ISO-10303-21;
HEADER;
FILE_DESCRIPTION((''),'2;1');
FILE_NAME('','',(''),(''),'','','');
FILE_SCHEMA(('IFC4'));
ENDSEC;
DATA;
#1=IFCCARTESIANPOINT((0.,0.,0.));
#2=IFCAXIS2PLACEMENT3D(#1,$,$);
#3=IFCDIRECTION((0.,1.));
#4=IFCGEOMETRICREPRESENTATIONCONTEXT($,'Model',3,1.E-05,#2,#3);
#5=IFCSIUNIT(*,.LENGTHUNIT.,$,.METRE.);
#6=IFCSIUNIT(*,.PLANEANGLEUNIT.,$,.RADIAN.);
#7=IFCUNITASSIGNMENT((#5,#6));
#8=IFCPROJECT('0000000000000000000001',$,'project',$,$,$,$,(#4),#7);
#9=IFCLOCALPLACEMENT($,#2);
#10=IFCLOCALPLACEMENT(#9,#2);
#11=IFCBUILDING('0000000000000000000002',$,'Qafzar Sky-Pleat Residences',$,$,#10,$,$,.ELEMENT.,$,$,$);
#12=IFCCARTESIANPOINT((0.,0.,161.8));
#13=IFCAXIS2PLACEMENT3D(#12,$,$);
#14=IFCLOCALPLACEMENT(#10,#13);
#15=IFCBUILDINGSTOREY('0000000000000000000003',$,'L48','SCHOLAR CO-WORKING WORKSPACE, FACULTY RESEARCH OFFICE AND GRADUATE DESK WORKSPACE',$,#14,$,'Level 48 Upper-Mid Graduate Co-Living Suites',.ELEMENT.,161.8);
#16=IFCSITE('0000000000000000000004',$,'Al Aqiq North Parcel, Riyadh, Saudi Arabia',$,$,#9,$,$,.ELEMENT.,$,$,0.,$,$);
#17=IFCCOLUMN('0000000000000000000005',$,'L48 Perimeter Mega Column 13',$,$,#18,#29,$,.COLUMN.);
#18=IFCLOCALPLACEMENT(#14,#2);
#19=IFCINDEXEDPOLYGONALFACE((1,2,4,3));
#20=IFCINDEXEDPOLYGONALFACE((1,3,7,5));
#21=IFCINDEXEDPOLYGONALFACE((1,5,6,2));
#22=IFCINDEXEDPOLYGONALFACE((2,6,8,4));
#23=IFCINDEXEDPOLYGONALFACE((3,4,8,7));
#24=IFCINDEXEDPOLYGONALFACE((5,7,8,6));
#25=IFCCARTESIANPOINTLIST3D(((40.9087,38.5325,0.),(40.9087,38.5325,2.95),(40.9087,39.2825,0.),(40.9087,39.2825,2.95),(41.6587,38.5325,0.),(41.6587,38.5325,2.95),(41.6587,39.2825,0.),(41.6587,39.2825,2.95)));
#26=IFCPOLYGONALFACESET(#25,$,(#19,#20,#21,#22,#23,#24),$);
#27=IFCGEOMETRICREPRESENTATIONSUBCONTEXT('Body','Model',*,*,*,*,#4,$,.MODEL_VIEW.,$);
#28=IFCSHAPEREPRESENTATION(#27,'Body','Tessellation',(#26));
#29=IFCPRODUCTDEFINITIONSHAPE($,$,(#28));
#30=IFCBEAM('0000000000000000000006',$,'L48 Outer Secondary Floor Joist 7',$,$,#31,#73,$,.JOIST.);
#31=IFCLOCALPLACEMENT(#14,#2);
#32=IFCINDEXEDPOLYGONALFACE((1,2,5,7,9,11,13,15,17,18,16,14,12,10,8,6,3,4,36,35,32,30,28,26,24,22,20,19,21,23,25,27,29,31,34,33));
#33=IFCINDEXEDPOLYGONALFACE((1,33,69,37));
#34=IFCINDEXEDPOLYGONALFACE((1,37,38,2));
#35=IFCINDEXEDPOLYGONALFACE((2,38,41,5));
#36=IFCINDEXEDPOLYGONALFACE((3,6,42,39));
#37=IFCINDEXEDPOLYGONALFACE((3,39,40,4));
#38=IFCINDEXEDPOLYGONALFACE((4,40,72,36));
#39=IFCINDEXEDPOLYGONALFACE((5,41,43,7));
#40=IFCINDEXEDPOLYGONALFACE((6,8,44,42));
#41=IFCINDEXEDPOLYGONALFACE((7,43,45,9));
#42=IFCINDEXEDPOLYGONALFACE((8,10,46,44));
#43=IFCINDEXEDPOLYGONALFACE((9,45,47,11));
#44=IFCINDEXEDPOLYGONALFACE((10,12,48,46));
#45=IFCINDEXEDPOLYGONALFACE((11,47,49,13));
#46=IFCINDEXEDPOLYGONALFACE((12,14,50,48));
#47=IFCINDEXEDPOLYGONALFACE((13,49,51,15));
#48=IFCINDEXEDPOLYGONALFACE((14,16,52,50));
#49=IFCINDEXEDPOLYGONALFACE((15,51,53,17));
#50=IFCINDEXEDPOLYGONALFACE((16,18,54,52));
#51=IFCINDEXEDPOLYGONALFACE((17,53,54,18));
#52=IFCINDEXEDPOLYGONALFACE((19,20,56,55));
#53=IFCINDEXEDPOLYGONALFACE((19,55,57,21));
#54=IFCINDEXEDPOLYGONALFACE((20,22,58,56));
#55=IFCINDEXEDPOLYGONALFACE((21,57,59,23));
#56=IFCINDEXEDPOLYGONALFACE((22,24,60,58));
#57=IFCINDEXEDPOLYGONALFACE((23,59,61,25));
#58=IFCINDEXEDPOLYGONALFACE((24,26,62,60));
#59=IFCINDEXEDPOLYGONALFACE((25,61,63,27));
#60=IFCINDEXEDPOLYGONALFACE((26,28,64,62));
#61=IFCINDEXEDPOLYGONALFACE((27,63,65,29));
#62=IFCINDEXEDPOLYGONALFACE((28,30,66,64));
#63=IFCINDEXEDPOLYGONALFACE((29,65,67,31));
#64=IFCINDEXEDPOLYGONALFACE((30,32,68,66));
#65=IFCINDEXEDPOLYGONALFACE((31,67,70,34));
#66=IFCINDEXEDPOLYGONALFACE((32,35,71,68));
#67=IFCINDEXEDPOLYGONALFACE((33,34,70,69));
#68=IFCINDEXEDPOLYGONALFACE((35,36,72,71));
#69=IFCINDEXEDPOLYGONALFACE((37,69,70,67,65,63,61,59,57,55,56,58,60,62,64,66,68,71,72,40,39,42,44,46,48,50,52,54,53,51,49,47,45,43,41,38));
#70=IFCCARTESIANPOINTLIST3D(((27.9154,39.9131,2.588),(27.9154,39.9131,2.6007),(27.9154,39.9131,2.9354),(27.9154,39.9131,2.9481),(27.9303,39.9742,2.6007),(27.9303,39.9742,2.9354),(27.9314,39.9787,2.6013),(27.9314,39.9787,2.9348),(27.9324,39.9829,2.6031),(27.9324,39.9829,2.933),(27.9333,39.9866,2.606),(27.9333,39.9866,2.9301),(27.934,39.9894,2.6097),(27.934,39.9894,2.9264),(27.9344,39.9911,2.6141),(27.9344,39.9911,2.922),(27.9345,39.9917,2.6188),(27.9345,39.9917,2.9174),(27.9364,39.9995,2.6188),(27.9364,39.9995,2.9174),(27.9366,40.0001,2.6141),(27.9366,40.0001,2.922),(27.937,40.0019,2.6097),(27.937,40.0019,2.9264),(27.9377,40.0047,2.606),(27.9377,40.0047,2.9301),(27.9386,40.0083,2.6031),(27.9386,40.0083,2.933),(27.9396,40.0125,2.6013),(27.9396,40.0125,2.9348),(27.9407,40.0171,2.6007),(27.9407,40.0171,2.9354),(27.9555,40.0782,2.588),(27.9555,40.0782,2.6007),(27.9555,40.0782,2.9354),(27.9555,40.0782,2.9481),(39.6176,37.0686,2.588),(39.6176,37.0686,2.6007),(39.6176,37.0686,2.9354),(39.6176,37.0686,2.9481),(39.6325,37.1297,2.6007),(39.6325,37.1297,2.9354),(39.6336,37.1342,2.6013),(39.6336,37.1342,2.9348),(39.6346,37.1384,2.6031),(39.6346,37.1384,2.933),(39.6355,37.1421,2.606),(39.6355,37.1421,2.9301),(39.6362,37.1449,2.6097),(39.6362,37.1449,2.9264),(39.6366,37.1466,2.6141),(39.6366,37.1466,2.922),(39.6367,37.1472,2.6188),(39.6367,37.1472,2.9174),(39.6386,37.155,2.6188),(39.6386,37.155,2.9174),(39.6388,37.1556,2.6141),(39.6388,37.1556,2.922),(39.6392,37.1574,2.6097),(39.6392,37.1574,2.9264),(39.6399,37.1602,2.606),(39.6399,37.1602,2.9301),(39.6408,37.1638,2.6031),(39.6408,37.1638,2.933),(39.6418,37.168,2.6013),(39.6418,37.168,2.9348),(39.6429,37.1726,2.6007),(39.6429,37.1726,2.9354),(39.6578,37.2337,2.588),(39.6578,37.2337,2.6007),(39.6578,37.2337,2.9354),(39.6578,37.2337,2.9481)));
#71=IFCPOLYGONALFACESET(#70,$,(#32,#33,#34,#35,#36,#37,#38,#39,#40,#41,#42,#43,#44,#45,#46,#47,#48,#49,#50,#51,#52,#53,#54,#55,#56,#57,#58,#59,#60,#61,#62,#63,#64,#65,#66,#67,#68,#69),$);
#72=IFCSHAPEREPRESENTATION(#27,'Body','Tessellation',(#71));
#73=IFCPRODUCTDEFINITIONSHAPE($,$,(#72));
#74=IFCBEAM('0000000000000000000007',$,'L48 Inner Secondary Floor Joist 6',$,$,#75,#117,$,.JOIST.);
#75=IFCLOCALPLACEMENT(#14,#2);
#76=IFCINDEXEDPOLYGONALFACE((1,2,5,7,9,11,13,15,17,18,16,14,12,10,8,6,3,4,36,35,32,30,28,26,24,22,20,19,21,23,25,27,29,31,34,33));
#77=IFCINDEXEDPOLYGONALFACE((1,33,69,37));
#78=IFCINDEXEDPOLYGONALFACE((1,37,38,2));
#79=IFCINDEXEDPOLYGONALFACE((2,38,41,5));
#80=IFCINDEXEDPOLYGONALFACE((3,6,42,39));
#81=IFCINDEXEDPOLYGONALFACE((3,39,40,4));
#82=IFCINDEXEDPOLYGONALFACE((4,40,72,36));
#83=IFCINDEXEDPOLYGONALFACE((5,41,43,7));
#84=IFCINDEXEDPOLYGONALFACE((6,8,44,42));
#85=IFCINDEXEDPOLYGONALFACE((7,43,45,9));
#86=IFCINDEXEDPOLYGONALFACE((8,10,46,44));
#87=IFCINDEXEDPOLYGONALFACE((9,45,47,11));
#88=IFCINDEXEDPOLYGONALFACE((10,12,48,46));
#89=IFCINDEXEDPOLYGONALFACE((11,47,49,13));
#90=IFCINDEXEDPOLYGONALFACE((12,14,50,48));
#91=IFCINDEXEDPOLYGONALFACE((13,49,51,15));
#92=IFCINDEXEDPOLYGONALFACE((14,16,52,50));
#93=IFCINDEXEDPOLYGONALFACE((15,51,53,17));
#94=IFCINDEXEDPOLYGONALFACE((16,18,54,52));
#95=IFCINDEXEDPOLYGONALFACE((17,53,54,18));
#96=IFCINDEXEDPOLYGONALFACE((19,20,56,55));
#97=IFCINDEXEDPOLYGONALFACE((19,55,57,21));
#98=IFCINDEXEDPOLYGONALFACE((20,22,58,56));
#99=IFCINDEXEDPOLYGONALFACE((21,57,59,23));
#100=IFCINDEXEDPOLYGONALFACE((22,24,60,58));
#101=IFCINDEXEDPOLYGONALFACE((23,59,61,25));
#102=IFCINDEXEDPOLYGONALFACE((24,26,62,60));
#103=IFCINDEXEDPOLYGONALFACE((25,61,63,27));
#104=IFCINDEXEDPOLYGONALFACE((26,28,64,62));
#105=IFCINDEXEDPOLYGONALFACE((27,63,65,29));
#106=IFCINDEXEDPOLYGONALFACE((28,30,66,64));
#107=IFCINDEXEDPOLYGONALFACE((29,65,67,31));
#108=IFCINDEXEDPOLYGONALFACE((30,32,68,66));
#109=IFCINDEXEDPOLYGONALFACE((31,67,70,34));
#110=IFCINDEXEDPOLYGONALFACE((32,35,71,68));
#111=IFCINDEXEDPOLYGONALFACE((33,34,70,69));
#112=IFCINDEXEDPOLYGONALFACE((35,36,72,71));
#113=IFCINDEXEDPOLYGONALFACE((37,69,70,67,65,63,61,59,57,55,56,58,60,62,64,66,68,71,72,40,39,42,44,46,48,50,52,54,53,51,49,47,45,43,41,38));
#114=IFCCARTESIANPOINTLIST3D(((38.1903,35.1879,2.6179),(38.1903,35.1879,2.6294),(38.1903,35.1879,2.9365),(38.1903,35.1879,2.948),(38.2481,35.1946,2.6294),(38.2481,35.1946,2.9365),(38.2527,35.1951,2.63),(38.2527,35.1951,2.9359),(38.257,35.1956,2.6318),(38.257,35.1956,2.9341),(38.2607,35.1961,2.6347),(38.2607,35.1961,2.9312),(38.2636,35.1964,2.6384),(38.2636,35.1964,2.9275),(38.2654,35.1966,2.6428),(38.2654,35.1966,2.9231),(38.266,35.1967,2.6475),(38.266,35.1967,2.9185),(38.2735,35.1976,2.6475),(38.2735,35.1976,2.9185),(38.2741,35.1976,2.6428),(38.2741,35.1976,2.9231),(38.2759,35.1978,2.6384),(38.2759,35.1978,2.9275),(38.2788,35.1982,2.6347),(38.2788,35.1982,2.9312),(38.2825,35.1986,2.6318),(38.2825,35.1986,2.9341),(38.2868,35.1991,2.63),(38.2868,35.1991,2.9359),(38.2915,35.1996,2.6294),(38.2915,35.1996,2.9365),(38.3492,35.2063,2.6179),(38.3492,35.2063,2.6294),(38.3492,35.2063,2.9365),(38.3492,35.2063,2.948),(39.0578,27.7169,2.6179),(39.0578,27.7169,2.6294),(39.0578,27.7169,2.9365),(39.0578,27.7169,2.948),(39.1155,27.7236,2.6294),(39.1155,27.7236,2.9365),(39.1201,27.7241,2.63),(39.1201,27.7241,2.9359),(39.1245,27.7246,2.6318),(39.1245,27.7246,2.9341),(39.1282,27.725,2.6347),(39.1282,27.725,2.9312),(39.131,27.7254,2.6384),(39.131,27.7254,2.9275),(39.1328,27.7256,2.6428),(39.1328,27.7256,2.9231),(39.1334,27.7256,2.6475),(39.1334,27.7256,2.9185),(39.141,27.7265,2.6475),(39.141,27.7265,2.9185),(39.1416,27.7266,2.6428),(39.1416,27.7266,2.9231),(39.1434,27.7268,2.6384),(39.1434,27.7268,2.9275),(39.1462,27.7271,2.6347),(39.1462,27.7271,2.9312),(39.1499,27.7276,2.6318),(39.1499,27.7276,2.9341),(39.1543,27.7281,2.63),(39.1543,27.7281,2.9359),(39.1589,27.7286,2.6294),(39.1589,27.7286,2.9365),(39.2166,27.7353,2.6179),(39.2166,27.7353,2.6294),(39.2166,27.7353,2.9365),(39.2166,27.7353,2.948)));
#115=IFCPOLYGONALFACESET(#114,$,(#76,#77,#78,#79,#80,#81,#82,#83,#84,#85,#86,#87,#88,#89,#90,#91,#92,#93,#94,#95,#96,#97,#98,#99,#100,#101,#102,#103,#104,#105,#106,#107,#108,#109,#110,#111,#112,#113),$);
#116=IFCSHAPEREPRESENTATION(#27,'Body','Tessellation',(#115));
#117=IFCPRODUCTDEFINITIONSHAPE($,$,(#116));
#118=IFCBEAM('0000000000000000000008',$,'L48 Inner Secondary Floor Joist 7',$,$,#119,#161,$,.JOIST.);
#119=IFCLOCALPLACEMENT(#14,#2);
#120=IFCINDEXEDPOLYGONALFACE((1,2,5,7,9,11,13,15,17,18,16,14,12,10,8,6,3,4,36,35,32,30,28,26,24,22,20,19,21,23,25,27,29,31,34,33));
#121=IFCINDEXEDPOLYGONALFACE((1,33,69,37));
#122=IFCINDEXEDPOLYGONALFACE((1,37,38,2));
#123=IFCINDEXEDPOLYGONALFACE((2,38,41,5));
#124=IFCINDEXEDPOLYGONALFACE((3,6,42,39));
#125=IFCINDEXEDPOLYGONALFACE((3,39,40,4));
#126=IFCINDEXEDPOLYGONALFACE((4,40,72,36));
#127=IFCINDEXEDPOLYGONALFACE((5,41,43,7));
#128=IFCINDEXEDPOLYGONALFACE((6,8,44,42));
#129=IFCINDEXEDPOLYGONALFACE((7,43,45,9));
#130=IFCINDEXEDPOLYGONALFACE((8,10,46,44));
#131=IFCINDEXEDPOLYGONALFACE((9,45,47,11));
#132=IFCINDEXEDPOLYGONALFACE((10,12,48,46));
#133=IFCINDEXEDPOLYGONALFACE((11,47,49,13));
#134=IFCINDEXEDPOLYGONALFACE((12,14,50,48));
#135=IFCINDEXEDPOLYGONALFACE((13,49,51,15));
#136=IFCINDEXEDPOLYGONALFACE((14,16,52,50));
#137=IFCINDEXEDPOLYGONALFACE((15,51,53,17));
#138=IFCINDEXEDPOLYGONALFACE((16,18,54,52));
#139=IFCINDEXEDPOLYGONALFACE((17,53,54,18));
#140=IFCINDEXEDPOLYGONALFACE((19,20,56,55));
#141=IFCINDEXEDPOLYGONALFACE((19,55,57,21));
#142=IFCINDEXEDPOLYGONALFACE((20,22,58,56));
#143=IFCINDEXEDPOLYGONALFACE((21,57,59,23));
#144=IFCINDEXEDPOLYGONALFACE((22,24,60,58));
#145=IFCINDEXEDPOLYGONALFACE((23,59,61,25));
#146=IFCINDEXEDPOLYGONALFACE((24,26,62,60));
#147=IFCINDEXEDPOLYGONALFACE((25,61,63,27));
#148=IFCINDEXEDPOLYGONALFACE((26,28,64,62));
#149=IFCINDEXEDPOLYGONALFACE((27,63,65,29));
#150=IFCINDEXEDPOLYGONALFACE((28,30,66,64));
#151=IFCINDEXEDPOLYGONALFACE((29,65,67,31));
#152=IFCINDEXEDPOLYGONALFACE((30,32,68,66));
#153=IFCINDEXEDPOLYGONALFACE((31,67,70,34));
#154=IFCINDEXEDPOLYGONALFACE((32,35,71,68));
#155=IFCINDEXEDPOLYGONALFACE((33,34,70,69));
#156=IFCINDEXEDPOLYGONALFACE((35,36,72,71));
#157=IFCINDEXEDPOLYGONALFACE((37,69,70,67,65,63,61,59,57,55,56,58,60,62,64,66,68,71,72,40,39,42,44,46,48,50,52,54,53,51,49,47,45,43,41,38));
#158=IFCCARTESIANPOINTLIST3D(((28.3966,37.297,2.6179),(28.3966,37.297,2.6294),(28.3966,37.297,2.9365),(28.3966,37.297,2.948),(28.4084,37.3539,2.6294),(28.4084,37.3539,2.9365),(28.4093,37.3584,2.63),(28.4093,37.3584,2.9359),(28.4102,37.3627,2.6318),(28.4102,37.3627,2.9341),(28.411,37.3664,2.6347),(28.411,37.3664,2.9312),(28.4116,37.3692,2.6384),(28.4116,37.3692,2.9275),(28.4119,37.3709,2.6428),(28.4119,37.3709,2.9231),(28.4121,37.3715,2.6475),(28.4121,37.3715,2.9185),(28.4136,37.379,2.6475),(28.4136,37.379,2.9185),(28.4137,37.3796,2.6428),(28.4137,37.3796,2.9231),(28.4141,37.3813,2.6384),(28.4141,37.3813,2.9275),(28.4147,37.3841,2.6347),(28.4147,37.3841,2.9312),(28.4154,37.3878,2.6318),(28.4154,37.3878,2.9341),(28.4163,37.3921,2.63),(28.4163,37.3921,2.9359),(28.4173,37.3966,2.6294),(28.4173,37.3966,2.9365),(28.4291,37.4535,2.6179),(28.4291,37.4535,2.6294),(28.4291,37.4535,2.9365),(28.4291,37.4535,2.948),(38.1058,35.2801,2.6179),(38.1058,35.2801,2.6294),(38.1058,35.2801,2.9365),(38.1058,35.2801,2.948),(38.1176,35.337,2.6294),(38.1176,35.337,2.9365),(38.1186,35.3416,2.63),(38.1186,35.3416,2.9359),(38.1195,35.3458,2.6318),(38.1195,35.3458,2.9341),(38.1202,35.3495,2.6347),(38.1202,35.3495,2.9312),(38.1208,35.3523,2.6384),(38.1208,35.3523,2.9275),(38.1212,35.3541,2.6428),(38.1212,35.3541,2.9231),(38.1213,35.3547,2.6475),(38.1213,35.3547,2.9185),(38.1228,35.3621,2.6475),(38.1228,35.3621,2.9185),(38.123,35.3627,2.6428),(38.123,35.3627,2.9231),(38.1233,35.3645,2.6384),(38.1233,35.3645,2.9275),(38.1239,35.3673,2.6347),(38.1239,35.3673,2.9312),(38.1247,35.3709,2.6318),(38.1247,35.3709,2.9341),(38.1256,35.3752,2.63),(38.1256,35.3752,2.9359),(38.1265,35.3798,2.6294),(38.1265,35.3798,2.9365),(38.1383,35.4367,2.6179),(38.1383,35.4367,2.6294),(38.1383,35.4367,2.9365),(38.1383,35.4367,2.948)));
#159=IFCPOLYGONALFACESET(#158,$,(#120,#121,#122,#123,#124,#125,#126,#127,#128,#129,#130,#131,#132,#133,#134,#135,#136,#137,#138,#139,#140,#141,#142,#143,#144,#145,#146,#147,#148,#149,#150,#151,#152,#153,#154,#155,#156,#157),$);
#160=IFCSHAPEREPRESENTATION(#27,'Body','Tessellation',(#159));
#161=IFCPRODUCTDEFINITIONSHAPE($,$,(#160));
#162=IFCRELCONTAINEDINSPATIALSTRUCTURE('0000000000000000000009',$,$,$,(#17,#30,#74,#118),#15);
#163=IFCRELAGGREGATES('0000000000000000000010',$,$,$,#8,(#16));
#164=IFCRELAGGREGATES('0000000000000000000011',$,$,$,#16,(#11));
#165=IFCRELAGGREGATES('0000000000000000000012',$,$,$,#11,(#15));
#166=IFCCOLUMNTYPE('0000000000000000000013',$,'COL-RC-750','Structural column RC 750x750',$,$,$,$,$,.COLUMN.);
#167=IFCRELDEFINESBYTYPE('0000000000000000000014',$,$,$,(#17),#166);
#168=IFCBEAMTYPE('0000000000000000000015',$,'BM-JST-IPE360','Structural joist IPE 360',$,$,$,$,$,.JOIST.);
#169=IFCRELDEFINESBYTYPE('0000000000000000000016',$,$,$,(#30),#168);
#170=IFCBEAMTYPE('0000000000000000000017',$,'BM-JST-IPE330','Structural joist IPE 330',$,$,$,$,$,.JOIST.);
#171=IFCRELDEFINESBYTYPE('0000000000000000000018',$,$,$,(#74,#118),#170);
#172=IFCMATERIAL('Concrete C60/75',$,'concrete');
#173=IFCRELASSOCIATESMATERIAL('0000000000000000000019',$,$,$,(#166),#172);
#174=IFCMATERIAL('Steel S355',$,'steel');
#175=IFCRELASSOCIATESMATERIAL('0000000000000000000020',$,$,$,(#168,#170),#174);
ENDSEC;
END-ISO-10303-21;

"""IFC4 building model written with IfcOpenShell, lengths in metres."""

from ifc_helpers import new_model, si_unit, direction, frame, origin, origin_2d, place, context, subcontext, project, spatial, rectangle, i_section, extrude, source, transform, mapped, material, material_profile, profile_set, type_object, element, save


model = new_model("IFC4")

# Units and contexts
model_context = context("Model", 3, precision=1e-05, world=origin(), true_north=direction((0.0, 1.0)))
body_context = subcontext(model_context, "Body", "Model", "MODEL_VIEW")
ifc_project = project(units=[si_unit("LENGTHUNIT", "METRE"), si_unit("PLANEANGLEUNIT", "RADIAN")], contexts=[model_context])

# Site, building, storey
site_placement = place(None, origin())
site = spatial("IfcSite", under=ifc_project, at=site_placement, Name="Al Aqiq North Parcel, Riyadh, Saudi Arabia", CompositionType="ELEMENT", RefElevation=0.0)
building_placement = place(site_placement, origin())
building = spatial("IfcBuilding", under=site, at=building_placement, Name="Qafzar Sky-Pleat Residences", CompositionType="ELEMENT")
storey_placement = place(building_placement, frame((0.0, 0.0, 161.8)))
storey = spatial("IfcBuildingStorey", under=building, at=storey_placement, Name="L48", Description="SCHOLAR CO-WORKING WORKSPACE, FACULTY RESEARCH OFFICE AND GRADUATE DESK WORKSPACE", LongName="Level 48 Upper-Mid Graduate Co-Living Suites", CompositionType="ELEMENT", Elevation=161.8)

# Column
ifc_material_1 = material(Name="Concrete C60/75", Category="concrete")
ifc_material_profile_1 = material_profile(ifc_material_1, rectangle(XDim=0.75, YDim=0.75, at=origin_2d()), Name="RC 750x750")
ifc_profile_set_1 = profile_set([ifc_material_profile_1], Name="Concrete C60/75")
column_type = type_object("IfcColumnType", Name="COL-RC-750", Description="Structural column RC 750x750", PredefinedType="COLUMN", material=ifc_profile_set_1)
shared_shape_1 = source(origin(), body_context, "Body", "SweptSolid", [
    extrude(rectangle(XDim=0.75, YDim=0.75, at=origin_2d()), origin(), (0.0, 0.0, 1.0), 2.95),
])
column_placement = place(storey_placement, frame((41.2837, 38.9075, 0.0), z_axis=(0.0, 0.0, 1.0), x_axis=(1.0, 0.0, 0.0)))
element("IfcColumn", 1, at=column_placement, inside=storey, type_object=column_type, Name="L48 Perimeter Mega Column 13", PredefinedType="COLUMN", context=body_context, shape_type="MappedRepresentation", body=[
    mapped(shared_shape_1, transform((0.0, 0.0, 0.0), x_axis=(1.0, 0.0, 0.0), y_axis=(0.0, 1.0, 0.0), z_axis=(0.0, 0.0, 1.0), scale=1.0)),
])

# Beams
ifc_material_2 = material(Name="Steel S355", Category="steel")
ifc_material_profile_2 = material_profile(ifc_material_2, i_section(OverallWidth=0.1699, OverallDepth=0.3601, WebThickness=0.0081, FlangeThickness=0.0127, FilletRadius=0.0181, at=origin_2d()), Name="IPE 360")
ifc_profile_set_2 = profile_set([ifc_material_profile_2], Name="Steel S355")
beam_type_1 = type_object("IfcBeamType", Name="BM-JST-IPE360", Description="Structural joist IPE 360", PredefinedType="JOIST", material=ifc_profile_set_2)
shared_shape_2 = source(origin(), body_context, "Body", "SweptSolid", [
    extrude(i_section(OverallWidth=0.1699, OverallDepth=0.3601, WebThickness=0.0081, FlangeThickness=0.0127, FilletRadius=0.0181, at=origin_2d()), origin(), (0.0, 0.0, 1.0), 12.043),
])
beam_1_placement = place(storey_placement, frame((39.6377, 37.1511, 2.7681), z_axis=(-0.971705, 0.236196, 0.0), x_axis=(-0.236196, -0.971705, 0.0)))
element("IfcBeam", 2, at=beam_1_placement, inside=storey, type_object=beam_type_1, Name="L48 Outer Secondary Floor Joist 7", PredefinedType="JOIST", context=body_context, shape_type="MappedRepresentation", body=[
    mapped(shared_shape_2, transform((0.0, 0.0, 0.0), x_axis=(1.0, 0.0, 0.0), y_axis=(0.0, 1.0, 0.0), z_axis=(0.0, 0.0, 1.0), scale=1.0)),
])
ifc_material_profile_3 = material_profile(ifc_material_2, i_section(OverallWidth=0.1599, OverallDepth=0.3301, WebThickness=0.0076, FlangeThickness=0.0115, FilletRadius=0.0181, at=origin_2d()), Name="IPE 330")
ifc_profile_set_3 = profile_set([ifc_material_profile_3], Name="Steel S355")
beam_type_2 = type_object("IfcBeamType", Name="BM-JST-IPE330", Description="Structural joist IPE 330", PredefinedType="JOIST", material=ifc_profile_set_3)
shared_shape_3 = source(origin(), body_context, "Body", "SweptSolid", [
    extrude(i_section(OverallWidth=0.1599, OverallDepth=0.3301, WebThickness=0.0076, FlangeThickness=0.0115, FilletRadius=0.0181, at=origin_2d()), origin(), (0.0, 0.0, 1.0), 7.5212),
])
beam_2_placement = place(storey_placement, frame((39.1372, 27.7261, 2.783), z_axis=(-0.115333, 0.993327, 0.0), x_axis=(-0.993327, -0.115333, 0.0)))
element("IfcBeam", 3, at=beam_2_placement, inside=storey, type_object=beam_type_2, Name="L48 Inner Secondary Floor Joist 6", PredefinedType="JOIST", context=body_context, shape_type="MappedRepresentation", body=[
    mapped(shared_shape_3, transform((0.0, 0.0, 0.0), x_axis=(1.0, 0.0, 0.0), y_axis=(0.0, 1.0, 0.0), z_axis=(0.0, 0.0, 1.0), scale=1.0)),
])
shared_shape_4 = source(origin(), body_context, "Body", "SweptSolid", [
    extrude(i_section(OverallWidth=0.1599, OverallDepth=0.3301, WebThickness=0.0076, FlangeThickness=0.0115, FilletRadius=0.0181, at=origin_2d()), origin(), (0.0, 0.0, 1.0), 9.9165),
])
beam_3_placement = place(storey_placement, frame((38.1221, 35.3584, 2.783), z_axis=(-0.979099, 0.203383, 0.0), x_axis=(-0.203383, -0.979099, 0.0)))
element("IfcBeam", 4, at=beam_3_placement, inside=storey, type_object=beam_type_2, Name="L48 Inner Secondary Floor Joist 7", PredefinedType="JOIST", context=body_context, shape_type="MappedRepresentation", body=[
    mapped(shared_shape_4, transform((0.0, 0.0, 0.0), x_axis=(1.0, 0.0, 0.0), y_axis=(0.0, 1.0, 0.0), z_axis=(0.0, 0.0, 1.0), scale=1.0)),
])

save(model, "model.ifc")
